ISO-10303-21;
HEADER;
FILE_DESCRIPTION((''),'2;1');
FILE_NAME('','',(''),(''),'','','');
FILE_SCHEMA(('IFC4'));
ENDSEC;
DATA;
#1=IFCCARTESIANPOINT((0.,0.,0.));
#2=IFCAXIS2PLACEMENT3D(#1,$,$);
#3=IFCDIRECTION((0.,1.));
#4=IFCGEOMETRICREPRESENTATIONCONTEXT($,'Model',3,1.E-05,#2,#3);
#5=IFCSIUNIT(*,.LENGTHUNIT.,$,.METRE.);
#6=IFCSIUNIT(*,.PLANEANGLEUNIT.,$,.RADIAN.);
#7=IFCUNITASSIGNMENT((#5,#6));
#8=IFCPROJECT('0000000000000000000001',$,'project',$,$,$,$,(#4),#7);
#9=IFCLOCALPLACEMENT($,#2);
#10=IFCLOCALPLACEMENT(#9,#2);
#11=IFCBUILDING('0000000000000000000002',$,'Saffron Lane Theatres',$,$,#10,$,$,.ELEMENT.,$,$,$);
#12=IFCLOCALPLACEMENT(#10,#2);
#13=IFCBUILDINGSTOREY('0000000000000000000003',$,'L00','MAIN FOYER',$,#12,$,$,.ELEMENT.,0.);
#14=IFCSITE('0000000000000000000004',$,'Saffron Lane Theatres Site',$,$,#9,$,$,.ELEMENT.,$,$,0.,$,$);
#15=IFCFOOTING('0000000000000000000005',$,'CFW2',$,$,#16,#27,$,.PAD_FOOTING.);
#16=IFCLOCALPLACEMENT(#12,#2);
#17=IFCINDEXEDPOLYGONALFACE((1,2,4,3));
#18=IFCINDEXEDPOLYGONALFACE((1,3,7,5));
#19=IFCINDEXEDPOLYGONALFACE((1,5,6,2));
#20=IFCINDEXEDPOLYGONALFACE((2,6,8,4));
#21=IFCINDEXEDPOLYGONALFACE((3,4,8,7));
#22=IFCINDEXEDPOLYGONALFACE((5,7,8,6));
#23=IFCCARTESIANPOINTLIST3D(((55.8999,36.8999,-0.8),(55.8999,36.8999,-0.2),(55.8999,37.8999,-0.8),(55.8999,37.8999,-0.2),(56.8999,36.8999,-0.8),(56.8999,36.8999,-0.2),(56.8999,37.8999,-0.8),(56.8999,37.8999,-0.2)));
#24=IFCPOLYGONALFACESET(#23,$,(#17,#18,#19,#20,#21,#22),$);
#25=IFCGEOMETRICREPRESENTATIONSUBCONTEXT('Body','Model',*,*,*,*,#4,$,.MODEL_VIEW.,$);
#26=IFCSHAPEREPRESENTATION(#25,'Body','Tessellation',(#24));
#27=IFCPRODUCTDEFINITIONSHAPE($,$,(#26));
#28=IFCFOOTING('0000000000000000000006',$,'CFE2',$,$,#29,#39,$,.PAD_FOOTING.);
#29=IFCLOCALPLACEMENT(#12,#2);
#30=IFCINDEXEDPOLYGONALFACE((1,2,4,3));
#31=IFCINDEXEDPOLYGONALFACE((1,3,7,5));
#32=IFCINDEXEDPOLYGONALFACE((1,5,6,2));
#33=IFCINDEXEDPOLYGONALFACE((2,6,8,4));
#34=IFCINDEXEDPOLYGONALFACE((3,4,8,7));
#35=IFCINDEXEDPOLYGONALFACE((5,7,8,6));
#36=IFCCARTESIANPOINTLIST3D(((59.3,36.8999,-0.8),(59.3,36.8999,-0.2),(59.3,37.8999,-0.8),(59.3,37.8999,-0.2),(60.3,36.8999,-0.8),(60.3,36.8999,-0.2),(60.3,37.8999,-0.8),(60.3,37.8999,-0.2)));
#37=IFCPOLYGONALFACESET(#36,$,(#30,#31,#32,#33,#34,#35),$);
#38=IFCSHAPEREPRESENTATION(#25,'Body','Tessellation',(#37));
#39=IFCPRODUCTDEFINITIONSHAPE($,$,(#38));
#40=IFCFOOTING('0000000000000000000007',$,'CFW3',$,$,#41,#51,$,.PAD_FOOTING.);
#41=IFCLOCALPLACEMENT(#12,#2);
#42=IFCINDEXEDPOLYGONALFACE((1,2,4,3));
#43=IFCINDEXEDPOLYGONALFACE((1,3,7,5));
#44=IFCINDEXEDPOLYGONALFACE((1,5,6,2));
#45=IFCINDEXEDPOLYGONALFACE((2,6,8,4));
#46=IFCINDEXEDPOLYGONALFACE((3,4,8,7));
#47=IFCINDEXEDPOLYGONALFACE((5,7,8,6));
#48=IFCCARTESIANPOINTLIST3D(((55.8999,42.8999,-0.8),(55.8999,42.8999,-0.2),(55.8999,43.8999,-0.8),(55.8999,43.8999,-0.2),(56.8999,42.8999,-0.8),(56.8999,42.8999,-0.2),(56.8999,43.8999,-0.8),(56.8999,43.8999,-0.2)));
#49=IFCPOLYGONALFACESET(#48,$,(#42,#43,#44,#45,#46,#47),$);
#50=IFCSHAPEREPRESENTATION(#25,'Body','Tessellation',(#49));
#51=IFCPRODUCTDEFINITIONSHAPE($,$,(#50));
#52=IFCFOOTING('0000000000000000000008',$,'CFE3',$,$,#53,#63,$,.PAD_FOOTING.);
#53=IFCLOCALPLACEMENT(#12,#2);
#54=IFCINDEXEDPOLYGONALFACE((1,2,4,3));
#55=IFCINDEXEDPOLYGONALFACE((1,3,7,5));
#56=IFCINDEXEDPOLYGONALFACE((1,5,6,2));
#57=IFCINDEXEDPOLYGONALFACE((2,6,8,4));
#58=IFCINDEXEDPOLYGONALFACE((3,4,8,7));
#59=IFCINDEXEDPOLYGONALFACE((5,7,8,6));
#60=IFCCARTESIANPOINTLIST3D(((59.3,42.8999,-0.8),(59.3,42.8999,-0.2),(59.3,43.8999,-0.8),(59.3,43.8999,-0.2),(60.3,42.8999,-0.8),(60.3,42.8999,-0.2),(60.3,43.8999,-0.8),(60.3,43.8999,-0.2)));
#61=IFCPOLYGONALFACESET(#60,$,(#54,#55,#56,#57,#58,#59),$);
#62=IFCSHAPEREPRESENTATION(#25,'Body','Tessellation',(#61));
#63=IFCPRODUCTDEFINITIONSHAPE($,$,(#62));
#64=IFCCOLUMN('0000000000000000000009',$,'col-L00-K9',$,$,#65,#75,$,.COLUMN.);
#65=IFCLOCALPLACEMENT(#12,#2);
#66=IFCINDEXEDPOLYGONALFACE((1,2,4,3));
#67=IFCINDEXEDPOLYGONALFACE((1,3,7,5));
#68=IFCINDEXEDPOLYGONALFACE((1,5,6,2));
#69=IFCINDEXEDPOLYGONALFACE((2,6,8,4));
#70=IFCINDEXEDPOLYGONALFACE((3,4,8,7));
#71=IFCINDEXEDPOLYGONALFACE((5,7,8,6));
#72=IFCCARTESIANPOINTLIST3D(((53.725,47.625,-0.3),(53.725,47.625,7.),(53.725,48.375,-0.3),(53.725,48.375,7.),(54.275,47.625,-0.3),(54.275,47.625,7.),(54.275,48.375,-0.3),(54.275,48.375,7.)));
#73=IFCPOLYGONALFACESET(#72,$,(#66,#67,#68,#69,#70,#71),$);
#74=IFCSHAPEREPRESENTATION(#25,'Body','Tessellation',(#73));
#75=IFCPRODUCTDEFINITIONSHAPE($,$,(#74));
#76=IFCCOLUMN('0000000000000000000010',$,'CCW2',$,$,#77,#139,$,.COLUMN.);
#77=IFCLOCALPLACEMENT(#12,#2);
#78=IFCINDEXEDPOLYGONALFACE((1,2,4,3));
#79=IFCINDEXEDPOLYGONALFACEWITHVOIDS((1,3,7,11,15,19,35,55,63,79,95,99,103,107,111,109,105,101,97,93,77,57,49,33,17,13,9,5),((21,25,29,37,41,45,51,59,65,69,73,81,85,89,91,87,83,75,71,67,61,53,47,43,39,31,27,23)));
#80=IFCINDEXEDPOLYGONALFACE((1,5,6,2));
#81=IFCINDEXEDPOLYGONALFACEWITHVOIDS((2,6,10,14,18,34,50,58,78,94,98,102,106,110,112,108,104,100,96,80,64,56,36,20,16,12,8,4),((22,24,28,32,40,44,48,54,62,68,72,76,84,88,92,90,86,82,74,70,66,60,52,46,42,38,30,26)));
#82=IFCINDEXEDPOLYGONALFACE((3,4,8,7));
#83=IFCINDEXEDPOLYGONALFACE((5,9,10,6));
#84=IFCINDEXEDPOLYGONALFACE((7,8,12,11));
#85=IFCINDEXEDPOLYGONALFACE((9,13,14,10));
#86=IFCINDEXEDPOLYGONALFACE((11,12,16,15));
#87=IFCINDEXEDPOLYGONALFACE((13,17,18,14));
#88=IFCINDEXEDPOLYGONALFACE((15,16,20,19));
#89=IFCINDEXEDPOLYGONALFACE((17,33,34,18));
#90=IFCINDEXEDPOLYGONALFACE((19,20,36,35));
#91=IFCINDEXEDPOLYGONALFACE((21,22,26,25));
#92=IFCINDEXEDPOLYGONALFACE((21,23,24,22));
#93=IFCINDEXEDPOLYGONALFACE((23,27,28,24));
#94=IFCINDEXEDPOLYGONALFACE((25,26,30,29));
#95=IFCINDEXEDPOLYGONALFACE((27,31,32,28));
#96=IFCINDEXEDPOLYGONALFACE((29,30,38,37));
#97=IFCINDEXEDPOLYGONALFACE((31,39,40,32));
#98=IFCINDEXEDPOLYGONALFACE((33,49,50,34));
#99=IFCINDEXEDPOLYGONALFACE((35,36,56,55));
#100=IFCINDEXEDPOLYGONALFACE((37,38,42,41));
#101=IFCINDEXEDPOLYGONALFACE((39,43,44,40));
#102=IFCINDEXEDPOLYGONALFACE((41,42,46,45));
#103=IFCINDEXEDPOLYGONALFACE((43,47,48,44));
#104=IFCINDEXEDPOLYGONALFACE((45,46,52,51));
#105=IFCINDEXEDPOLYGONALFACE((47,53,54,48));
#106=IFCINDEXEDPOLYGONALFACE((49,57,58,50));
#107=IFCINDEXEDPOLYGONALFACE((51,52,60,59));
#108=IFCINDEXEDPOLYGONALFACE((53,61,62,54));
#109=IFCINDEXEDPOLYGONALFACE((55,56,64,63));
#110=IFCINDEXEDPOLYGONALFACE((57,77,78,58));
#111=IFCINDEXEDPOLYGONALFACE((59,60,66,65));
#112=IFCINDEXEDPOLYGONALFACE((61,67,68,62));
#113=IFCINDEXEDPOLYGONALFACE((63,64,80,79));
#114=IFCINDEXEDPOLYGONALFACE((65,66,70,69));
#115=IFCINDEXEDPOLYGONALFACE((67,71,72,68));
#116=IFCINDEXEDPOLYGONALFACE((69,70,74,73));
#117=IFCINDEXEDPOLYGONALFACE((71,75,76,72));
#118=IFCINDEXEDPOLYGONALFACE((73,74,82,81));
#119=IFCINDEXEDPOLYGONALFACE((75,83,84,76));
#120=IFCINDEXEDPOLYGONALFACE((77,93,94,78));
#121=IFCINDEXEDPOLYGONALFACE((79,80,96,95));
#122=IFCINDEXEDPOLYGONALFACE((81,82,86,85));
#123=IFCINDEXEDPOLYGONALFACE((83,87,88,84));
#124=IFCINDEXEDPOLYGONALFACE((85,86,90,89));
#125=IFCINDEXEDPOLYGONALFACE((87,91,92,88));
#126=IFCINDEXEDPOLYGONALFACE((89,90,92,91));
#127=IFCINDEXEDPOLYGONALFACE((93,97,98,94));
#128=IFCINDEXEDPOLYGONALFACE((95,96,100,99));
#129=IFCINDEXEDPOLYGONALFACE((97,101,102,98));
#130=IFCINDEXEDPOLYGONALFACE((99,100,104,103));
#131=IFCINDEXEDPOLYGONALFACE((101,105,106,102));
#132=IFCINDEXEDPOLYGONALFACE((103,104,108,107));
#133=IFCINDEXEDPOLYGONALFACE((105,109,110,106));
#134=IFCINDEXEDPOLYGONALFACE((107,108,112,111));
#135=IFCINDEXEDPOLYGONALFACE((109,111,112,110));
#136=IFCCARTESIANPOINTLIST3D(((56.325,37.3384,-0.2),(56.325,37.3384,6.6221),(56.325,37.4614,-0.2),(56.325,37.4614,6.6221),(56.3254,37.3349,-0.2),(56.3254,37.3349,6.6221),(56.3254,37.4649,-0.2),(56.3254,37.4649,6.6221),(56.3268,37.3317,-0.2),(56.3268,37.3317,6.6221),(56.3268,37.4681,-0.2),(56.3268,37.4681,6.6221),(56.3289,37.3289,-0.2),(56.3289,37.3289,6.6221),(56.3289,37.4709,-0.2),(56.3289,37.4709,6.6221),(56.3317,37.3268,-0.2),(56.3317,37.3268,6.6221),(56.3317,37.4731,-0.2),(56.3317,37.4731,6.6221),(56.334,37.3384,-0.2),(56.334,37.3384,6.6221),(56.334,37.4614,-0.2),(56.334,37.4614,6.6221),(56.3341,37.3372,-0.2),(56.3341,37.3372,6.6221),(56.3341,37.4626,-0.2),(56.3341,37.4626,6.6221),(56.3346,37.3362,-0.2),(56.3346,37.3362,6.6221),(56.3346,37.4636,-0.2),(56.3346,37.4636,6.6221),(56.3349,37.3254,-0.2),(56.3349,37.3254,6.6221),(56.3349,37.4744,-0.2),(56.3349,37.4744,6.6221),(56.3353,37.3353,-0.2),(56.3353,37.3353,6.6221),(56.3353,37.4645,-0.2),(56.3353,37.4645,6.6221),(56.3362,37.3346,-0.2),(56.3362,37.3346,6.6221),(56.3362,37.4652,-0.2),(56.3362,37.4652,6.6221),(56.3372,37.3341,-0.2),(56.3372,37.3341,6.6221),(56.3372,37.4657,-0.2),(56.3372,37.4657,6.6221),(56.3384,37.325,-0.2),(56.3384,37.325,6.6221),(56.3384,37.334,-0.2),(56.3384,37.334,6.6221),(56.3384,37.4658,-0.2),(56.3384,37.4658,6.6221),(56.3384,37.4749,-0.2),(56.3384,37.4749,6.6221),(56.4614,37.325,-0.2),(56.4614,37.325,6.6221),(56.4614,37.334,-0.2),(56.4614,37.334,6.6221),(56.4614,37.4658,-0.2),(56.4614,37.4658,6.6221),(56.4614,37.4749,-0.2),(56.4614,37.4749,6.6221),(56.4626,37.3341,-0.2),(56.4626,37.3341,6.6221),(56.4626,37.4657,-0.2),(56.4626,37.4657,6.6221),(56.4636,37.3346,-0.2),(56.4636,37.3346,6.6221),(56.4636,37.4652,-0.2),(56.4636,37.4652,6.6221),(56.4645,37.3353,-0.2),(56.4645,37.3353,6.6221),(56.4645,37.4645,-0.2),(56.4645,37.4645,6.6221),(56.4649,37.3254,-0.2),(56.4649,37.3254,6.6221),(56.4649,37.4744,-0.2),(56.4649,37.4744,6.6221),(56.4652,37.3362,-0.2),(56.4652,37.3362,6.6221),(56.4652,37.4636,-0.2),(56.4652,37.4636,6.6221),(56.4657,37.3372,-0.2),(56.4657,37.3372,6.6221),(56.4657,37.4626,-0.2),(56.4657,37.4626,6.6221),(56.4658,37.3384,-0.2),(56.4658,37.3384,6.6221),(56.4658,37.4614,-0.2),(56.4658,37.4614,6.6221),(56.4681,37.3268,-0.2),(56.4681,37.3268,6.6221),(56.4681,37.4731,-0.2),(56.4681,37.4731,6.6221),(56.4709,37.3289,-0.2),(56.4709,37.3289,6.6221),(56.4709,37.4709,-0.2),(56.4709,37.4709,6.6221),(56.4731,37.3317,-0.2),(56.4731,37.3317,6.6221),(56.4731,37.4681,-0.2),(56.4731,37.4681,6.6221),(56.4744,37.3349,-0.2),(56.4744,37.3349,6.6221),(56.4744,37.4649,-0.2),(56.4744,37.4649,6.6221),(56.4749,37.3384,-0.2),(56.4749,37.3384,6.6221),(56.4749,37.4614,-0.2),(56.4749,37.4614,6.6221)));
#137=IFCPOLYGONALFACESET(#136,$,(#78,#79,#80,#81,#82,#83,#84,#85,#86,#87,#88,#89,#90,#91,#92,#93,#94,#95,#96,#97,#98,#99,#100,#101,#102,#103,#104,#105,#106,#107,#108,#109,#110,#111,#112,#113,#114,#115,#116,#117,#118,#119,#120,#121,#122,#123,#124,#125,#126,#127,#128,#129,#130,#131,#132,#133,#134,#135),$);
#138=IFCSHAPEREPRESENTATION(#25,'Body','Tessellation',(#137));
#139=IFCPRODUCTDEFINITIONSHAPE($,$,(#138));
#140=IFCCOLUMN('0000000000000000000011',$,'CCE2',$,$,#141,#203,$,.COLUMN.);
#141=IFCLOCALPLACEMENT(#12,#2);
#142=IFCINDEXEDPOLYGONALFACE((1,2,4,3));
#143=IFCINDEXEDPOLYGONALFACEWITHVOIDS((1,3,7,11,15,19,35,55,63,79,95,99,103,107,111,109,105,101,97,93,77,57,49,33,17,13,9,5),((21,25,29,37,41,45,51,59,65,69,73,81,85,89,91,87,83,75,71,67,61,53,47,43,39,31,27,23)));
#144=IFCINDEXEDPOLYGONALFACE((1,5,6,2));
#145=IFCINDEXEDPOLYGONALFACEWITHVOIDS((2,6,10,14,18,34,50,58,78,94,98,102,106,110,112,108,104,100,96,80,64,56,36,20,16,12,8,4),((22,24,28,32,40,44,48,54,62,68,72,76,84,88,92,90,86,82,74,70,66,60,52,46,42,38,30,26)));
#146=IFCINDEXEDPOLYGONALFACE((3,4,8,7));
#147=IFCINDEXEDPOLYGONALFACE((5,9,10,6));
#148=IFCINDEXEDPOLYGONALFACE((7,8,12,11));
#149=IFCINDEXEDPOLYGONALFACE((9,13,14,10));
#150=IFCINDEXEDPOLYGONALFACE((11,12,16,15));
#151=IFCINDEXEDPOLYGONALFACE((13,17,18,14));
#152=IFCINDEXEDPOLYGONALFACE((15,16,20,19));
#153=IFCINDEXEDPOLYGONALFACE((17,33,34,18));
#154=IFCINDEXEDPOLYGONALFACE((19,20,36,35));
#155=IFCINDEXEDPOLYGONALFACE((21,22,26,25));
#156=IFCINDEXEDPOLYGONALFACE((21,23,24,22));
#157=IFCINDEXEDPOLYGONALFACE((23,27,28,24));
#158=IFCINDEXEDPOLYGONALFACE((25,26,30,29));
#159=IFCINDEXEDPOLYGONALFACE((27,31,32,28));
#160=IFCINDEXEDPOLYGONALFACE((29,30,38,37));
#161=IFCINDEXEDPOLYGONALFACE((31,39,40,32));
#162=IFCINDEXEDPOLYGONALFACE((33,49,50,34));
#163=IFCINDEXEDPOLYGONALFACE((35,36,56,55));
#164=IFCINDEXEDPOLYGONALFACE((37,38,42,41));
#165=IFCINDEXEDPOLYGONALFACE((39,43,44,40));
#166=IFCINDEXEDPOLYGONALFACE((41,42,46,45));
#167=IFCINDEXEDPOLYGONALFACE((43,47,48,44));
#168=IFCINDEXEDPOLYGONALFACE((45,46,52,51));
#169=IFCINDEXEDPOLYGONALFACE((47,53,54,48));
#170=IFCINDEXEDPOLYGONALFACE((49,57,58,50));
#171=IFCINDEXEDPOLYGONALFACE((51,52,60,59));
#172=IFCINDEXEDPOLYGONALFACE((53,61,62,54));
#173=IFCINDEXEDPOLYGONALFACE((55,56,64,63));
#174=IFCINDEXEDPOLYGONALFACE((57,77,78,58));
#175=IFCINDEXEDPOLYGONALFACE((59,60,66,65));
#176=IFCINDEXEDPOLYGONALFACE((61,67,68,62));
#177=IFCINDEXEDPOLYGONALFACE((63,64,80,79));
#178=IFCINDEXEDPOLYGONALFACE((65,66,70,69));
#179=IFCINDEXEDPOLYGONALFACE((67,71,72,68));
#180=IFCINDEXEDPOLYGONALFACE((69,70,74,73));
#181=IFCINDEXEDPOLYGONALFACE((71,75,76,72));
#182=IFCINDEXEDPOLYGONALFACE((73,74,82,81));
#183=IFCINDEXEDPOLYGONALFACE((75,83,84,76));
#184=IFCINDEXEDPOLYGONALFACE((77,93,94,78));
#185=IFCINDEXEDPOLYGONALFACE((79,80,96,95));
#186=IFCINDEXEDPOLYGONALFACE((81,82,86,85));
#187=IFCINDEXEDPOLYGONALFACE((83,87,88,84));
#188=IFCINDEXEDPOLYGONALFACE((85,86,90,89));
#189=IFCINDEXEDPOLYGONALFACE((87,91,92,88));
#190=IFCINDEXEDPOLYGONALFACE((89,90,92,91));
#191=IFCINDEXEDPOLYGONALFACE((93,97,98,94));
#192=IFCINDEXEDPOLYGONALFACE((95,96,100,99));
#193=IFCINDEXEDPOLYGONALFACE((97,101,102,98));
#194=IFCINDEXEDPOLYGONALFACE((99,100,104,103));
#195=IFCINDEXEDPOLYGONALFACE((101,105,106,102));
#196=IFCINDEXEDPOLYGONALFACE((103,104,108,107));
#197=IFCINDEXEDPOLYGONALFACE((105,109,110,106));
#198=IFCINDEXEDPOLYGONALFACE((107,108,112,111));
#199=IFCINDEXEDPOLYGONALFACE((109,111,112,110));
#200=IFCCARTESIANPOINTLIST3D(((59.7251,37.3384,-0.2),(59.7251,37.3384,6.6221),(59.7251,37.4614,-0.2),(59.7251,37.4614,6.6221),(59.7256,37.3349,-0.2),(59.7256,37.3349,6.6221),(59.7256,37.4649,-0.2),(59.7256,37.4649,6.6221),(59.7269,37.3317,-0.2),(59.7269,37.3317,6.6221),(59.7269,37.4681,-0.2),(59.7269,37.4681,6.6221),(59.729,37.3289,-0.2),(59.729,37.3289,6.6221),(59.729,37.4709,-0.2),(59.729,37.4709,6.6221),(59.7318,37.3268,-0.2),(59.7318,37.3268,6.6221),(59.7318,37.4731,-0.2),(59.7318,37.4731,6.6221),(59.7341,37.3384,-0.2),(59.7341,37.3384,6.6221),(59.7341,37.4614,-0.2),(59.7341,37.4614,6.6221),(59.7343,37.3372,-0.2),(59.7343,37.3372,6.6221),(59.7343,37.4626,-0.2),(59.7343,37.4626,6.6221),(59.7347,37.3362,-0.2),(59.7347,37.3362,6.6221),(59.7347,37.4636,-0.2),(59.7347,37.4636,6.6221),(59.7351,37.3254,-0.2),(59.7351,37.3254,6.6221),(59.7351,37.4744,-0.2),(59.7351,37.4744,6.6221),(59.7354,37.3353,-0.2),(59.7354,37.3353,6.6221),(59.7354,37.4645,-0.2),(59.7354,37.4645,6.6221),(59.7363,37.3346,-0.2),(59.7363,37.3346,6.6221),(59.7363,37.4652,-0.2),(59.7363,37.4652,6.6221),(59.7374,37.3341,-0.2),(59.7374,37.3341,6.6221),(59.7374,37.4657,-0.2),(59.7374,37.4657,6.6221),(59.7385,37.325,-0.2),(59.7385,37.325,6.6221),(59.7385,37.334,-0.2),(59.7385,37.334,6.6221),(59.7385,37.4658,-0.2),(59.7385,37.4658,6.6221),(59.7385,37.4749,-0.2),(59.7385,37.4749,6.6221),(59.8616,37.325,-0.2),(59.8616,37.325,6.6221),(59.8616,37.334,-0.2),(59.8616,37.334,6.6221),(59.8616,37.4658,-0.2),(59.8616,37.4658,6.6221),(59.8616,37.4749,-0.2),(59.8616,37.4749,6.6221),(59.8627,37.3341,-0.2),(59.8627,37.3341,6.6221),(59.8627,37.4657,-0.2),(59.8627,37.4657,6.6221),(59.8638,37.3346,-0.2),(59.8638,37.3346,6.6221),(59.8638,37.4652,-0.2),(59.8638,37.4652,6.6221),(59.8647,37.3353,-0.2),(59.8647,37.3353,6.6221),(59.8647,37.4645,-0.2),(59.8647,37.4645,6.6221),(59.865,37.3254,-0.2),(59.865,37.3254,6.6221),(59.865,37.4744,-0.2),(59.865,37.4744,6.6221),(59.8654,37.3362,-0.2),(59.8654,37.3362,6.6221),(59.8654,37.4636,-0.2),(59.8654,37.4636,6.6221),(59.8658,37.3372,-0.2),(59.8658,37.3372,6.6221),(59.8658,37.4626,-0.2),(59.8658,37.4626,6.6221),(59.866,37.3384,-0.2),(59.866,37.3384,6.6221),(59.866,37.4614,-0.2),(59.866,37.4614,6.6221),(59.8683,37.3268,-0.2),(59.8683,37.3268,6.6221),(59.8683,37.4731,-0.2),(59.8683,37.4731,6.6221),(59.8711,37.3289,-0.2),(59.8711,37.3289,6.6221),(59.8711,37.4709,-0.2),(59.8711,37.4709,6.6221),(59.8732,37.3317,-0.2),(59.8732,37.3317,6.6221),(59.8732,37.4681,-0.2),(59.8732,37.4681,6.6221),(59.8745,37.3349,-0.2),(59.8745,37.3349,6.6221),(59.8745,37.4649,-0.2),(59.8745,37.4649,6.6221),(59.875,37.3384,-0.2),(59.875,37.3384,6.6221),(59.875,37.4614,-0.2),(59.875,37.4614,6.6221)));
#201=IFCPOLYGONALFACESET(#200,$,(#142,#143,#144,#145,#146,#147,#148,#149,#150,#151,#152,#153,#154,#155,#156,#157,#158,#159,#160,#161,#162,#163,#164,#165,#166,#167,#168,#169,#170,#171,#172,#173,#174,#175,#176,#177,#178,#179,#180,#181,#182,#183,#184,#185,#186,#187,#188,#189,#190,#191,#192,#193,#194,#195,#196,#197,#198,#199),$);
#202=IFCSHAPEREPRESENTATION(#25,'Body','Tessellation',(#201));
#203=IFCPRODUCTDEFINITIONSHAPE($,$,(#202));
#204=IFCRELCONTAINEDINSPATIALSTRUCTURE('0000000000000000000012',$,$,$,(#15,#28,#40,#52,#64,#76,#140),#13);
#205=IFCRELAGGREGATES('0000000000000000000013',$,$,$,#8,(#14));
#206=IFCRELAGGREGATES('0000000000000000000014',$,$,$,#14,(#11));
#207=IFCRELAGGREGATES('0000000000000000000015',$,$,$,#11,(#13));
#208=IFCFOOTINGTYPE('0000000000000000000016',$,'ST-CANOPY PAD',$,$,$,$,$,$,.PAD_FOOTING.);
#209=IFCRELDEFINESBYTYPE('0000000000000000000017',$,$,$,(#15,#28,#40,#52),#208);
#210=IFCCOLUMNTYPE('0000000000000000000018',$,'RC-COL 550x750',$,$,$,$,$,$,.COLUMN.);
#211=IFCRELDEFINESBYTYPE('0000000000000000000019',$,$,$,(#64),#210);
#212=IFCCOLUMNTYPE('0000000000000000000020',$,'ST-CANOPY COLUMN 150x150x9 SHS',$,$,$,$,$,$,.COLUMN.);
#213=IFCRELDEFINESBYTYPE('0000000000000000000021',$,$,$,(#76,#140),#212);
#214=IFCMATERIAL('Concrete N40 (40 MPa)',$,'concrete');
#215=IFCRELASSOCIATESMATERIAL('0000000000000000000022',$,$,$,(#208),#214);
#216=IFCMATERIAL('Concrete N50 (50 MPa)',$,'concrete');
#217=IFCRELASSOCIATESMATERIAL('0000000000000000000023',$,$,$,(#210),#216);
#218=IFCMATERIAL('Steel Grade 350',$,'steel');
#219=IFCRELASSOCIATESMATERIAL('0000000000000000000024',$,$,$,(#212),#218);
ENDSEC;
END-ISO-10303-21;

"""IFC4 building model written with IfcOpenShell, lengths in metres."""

from ifc_helpers import new_model, si_unit, direction, frame, origin, origin_2d, place, context, subcontext, project, spatial, rectangle, hollow_rectangle, extrude, material, material_profile, profile_set, type_object, element, save


model = new_model("IFC4")

# Units and contexts
model_context = context("Model", 3, precision=1e-05, world=origin(), true_north=direction((0.0, 1.0)))
body_context = subcontext(model_context, "Body", "Model", "MODEL_VIEW")
ifc_project = project(units=[si_unit("LENGTHUNIT", "METRE"), si_unit("PLANEANGLEUNIT", "RADIAN")], contexts=[model_context])

# Site, building, storey
site_placement = place(None, origin())
site = spatial("IfcSite", under=ifc_project, at=site_placement, Name="Saffron Lane Theatres Site", CompositionType="ELEMENT", RefElevation=0.0)
building_placement = place(site_placement, origin())
building = spatial("IfcBuilding", under=site, at=building_placement, Name="Saffron Lane Theatres", CompositionType="ELEMENT")
storey_placement = place(building_placement, origin())
storey = spatial("IfcBuildingStorey", under=building, at=storey_placement, Name="L00", Description="MAIN FOYER", CompositionType="ELEMENT", Elevation=0.0)

# Footings
ifc_material_1 = material(Name="Concrete N40 (40 MPa)", Category="concrete")
footing_type = type_object("IfcFootingType", Name="ST-CANOPY PAD", PredefinedType="PAD_FOOTING", material=ifc_material_1)
for number, where, z_axis, x_axis, name in (
    (1, (56.3999, 37.3999, -0.8), (0.0, 0.0, 1.0), (1.0, 0.0, 0.0), "CFW2"),
    (2, (59.8, 37.3999, -0.8), (0.0, 0.0, 1.0), (1.0, 0.0, 0.0), "CFE2"),
    (3, (56.3999, 43.3999, -0.8), (0.0, 0.0, 1.0), (1.0, 0.0, 0.0), "CFW3"),
    (4, (59.8, 43.3999, -0.8), (0.0, 0.0, 1.0), (1.0, 0.0, 0.0), "CFE3"),
):
    element("IfcFooting", number, at=place(storey_placement, frame(where, z_axis=z_axis, x_axis=x_axis)), inside=storey, type_object=footing_type, Name=name, PredefinedType="PAD_FOOTING", context=body_context, shape_type="SweptSolid", body=[
        extrude(rectangle(XDim=1.0, YDim=1.0, at=origin_2d()), origin(), (0.0, 0.0, 1.0), 0.6001),
    ])

# Columns
ifc_material_2 = material(Name="Concrete N50 (50 MPa)", Category="concrete")
ifc_material_profile_1 = material_profile(ifc_material_2, rectangle(XDim=0.55, YDim=0.75, at=origin_2d()))
ifc_profile_set_1 = profile_set([ifc_material_profile_1], Name="Concrete N50 (50 MPa)")
column_type_1 = type_object("IfcColumnType", Name="RC-COL 550x750", PredefinedType="COLUMN", material=ifc_profile_set_1)
column_placement = place(storey_placement, frame((54.0, 48.0, -0.3), z_axis=(0.0, 0.0, 1.0), x_axis=(1.0, 0.0, 0.0)))
element("IfcColumn", 5, at=column_placement, inside=storey, type_object=column_type_1, Name="col-L00-K9", PredefinedType="COLUMN", context=body_context, shape_type="SweptSolid", body=[
    extrude(rectangle(XDim=0.55, YDim=0.75, at=origin_2d()), origin(), (0.0, 0.0, 1.0), 7.3),
])
ifc_material_3 = material(Name="Steel Grade 350", Category="steel")
ifc_material_profile_2 = material_profile(ifc_material_3, hollow_rectangle(XDim=0.1499, YDim=0.1499, WallThickness=0.009, InnerFilletRadius=0.0044, OuterFilletRadius=0.0134, at=origin_2d()))
ifc_profile_set_2 = profile_set([ifc_material_profile_2], Name="Steel Grade 350")
column_type_2 = type_object("IfcColumnType", Name="ST-CANOPY COLUMN 150x150x9 SHS", PredefinedType="COLUMN", material=ifc_profile_set_2)
for number, where, z_axis, x_axis, name in (
    (6, (56.3999, 37.3999, -0.2), (0.0, 0.0, 1.0), (1.0, 0.0, 0.0), "CCW2"),
    (7, (59.8, 37.3999, -0.2), (0.0, 0.0, 1.0), (1.0, 0.0, 0.0), "CCE2"),
):
    element("IfcColumn", number, at=place(storey_placement, frame(where, z_axis=z_axis, x_axis=x_axis)), inside=storey, type_object=column_type_2, Name=name, PredefinedType="COLUMN", context=body_context, shape_type="SweptSolid", body=[
        extrude(hollow_rectangle(XDim=0.1499, YDim=0.1499, WallThickness=0.009, InnerFilletRadius=0.0044, OuterFilletRadius=0.0134, at=origin_2d()), origin(), (0.0, 0.0, 1.0), 6.822),
    ])

save(model, "model.ifc")
